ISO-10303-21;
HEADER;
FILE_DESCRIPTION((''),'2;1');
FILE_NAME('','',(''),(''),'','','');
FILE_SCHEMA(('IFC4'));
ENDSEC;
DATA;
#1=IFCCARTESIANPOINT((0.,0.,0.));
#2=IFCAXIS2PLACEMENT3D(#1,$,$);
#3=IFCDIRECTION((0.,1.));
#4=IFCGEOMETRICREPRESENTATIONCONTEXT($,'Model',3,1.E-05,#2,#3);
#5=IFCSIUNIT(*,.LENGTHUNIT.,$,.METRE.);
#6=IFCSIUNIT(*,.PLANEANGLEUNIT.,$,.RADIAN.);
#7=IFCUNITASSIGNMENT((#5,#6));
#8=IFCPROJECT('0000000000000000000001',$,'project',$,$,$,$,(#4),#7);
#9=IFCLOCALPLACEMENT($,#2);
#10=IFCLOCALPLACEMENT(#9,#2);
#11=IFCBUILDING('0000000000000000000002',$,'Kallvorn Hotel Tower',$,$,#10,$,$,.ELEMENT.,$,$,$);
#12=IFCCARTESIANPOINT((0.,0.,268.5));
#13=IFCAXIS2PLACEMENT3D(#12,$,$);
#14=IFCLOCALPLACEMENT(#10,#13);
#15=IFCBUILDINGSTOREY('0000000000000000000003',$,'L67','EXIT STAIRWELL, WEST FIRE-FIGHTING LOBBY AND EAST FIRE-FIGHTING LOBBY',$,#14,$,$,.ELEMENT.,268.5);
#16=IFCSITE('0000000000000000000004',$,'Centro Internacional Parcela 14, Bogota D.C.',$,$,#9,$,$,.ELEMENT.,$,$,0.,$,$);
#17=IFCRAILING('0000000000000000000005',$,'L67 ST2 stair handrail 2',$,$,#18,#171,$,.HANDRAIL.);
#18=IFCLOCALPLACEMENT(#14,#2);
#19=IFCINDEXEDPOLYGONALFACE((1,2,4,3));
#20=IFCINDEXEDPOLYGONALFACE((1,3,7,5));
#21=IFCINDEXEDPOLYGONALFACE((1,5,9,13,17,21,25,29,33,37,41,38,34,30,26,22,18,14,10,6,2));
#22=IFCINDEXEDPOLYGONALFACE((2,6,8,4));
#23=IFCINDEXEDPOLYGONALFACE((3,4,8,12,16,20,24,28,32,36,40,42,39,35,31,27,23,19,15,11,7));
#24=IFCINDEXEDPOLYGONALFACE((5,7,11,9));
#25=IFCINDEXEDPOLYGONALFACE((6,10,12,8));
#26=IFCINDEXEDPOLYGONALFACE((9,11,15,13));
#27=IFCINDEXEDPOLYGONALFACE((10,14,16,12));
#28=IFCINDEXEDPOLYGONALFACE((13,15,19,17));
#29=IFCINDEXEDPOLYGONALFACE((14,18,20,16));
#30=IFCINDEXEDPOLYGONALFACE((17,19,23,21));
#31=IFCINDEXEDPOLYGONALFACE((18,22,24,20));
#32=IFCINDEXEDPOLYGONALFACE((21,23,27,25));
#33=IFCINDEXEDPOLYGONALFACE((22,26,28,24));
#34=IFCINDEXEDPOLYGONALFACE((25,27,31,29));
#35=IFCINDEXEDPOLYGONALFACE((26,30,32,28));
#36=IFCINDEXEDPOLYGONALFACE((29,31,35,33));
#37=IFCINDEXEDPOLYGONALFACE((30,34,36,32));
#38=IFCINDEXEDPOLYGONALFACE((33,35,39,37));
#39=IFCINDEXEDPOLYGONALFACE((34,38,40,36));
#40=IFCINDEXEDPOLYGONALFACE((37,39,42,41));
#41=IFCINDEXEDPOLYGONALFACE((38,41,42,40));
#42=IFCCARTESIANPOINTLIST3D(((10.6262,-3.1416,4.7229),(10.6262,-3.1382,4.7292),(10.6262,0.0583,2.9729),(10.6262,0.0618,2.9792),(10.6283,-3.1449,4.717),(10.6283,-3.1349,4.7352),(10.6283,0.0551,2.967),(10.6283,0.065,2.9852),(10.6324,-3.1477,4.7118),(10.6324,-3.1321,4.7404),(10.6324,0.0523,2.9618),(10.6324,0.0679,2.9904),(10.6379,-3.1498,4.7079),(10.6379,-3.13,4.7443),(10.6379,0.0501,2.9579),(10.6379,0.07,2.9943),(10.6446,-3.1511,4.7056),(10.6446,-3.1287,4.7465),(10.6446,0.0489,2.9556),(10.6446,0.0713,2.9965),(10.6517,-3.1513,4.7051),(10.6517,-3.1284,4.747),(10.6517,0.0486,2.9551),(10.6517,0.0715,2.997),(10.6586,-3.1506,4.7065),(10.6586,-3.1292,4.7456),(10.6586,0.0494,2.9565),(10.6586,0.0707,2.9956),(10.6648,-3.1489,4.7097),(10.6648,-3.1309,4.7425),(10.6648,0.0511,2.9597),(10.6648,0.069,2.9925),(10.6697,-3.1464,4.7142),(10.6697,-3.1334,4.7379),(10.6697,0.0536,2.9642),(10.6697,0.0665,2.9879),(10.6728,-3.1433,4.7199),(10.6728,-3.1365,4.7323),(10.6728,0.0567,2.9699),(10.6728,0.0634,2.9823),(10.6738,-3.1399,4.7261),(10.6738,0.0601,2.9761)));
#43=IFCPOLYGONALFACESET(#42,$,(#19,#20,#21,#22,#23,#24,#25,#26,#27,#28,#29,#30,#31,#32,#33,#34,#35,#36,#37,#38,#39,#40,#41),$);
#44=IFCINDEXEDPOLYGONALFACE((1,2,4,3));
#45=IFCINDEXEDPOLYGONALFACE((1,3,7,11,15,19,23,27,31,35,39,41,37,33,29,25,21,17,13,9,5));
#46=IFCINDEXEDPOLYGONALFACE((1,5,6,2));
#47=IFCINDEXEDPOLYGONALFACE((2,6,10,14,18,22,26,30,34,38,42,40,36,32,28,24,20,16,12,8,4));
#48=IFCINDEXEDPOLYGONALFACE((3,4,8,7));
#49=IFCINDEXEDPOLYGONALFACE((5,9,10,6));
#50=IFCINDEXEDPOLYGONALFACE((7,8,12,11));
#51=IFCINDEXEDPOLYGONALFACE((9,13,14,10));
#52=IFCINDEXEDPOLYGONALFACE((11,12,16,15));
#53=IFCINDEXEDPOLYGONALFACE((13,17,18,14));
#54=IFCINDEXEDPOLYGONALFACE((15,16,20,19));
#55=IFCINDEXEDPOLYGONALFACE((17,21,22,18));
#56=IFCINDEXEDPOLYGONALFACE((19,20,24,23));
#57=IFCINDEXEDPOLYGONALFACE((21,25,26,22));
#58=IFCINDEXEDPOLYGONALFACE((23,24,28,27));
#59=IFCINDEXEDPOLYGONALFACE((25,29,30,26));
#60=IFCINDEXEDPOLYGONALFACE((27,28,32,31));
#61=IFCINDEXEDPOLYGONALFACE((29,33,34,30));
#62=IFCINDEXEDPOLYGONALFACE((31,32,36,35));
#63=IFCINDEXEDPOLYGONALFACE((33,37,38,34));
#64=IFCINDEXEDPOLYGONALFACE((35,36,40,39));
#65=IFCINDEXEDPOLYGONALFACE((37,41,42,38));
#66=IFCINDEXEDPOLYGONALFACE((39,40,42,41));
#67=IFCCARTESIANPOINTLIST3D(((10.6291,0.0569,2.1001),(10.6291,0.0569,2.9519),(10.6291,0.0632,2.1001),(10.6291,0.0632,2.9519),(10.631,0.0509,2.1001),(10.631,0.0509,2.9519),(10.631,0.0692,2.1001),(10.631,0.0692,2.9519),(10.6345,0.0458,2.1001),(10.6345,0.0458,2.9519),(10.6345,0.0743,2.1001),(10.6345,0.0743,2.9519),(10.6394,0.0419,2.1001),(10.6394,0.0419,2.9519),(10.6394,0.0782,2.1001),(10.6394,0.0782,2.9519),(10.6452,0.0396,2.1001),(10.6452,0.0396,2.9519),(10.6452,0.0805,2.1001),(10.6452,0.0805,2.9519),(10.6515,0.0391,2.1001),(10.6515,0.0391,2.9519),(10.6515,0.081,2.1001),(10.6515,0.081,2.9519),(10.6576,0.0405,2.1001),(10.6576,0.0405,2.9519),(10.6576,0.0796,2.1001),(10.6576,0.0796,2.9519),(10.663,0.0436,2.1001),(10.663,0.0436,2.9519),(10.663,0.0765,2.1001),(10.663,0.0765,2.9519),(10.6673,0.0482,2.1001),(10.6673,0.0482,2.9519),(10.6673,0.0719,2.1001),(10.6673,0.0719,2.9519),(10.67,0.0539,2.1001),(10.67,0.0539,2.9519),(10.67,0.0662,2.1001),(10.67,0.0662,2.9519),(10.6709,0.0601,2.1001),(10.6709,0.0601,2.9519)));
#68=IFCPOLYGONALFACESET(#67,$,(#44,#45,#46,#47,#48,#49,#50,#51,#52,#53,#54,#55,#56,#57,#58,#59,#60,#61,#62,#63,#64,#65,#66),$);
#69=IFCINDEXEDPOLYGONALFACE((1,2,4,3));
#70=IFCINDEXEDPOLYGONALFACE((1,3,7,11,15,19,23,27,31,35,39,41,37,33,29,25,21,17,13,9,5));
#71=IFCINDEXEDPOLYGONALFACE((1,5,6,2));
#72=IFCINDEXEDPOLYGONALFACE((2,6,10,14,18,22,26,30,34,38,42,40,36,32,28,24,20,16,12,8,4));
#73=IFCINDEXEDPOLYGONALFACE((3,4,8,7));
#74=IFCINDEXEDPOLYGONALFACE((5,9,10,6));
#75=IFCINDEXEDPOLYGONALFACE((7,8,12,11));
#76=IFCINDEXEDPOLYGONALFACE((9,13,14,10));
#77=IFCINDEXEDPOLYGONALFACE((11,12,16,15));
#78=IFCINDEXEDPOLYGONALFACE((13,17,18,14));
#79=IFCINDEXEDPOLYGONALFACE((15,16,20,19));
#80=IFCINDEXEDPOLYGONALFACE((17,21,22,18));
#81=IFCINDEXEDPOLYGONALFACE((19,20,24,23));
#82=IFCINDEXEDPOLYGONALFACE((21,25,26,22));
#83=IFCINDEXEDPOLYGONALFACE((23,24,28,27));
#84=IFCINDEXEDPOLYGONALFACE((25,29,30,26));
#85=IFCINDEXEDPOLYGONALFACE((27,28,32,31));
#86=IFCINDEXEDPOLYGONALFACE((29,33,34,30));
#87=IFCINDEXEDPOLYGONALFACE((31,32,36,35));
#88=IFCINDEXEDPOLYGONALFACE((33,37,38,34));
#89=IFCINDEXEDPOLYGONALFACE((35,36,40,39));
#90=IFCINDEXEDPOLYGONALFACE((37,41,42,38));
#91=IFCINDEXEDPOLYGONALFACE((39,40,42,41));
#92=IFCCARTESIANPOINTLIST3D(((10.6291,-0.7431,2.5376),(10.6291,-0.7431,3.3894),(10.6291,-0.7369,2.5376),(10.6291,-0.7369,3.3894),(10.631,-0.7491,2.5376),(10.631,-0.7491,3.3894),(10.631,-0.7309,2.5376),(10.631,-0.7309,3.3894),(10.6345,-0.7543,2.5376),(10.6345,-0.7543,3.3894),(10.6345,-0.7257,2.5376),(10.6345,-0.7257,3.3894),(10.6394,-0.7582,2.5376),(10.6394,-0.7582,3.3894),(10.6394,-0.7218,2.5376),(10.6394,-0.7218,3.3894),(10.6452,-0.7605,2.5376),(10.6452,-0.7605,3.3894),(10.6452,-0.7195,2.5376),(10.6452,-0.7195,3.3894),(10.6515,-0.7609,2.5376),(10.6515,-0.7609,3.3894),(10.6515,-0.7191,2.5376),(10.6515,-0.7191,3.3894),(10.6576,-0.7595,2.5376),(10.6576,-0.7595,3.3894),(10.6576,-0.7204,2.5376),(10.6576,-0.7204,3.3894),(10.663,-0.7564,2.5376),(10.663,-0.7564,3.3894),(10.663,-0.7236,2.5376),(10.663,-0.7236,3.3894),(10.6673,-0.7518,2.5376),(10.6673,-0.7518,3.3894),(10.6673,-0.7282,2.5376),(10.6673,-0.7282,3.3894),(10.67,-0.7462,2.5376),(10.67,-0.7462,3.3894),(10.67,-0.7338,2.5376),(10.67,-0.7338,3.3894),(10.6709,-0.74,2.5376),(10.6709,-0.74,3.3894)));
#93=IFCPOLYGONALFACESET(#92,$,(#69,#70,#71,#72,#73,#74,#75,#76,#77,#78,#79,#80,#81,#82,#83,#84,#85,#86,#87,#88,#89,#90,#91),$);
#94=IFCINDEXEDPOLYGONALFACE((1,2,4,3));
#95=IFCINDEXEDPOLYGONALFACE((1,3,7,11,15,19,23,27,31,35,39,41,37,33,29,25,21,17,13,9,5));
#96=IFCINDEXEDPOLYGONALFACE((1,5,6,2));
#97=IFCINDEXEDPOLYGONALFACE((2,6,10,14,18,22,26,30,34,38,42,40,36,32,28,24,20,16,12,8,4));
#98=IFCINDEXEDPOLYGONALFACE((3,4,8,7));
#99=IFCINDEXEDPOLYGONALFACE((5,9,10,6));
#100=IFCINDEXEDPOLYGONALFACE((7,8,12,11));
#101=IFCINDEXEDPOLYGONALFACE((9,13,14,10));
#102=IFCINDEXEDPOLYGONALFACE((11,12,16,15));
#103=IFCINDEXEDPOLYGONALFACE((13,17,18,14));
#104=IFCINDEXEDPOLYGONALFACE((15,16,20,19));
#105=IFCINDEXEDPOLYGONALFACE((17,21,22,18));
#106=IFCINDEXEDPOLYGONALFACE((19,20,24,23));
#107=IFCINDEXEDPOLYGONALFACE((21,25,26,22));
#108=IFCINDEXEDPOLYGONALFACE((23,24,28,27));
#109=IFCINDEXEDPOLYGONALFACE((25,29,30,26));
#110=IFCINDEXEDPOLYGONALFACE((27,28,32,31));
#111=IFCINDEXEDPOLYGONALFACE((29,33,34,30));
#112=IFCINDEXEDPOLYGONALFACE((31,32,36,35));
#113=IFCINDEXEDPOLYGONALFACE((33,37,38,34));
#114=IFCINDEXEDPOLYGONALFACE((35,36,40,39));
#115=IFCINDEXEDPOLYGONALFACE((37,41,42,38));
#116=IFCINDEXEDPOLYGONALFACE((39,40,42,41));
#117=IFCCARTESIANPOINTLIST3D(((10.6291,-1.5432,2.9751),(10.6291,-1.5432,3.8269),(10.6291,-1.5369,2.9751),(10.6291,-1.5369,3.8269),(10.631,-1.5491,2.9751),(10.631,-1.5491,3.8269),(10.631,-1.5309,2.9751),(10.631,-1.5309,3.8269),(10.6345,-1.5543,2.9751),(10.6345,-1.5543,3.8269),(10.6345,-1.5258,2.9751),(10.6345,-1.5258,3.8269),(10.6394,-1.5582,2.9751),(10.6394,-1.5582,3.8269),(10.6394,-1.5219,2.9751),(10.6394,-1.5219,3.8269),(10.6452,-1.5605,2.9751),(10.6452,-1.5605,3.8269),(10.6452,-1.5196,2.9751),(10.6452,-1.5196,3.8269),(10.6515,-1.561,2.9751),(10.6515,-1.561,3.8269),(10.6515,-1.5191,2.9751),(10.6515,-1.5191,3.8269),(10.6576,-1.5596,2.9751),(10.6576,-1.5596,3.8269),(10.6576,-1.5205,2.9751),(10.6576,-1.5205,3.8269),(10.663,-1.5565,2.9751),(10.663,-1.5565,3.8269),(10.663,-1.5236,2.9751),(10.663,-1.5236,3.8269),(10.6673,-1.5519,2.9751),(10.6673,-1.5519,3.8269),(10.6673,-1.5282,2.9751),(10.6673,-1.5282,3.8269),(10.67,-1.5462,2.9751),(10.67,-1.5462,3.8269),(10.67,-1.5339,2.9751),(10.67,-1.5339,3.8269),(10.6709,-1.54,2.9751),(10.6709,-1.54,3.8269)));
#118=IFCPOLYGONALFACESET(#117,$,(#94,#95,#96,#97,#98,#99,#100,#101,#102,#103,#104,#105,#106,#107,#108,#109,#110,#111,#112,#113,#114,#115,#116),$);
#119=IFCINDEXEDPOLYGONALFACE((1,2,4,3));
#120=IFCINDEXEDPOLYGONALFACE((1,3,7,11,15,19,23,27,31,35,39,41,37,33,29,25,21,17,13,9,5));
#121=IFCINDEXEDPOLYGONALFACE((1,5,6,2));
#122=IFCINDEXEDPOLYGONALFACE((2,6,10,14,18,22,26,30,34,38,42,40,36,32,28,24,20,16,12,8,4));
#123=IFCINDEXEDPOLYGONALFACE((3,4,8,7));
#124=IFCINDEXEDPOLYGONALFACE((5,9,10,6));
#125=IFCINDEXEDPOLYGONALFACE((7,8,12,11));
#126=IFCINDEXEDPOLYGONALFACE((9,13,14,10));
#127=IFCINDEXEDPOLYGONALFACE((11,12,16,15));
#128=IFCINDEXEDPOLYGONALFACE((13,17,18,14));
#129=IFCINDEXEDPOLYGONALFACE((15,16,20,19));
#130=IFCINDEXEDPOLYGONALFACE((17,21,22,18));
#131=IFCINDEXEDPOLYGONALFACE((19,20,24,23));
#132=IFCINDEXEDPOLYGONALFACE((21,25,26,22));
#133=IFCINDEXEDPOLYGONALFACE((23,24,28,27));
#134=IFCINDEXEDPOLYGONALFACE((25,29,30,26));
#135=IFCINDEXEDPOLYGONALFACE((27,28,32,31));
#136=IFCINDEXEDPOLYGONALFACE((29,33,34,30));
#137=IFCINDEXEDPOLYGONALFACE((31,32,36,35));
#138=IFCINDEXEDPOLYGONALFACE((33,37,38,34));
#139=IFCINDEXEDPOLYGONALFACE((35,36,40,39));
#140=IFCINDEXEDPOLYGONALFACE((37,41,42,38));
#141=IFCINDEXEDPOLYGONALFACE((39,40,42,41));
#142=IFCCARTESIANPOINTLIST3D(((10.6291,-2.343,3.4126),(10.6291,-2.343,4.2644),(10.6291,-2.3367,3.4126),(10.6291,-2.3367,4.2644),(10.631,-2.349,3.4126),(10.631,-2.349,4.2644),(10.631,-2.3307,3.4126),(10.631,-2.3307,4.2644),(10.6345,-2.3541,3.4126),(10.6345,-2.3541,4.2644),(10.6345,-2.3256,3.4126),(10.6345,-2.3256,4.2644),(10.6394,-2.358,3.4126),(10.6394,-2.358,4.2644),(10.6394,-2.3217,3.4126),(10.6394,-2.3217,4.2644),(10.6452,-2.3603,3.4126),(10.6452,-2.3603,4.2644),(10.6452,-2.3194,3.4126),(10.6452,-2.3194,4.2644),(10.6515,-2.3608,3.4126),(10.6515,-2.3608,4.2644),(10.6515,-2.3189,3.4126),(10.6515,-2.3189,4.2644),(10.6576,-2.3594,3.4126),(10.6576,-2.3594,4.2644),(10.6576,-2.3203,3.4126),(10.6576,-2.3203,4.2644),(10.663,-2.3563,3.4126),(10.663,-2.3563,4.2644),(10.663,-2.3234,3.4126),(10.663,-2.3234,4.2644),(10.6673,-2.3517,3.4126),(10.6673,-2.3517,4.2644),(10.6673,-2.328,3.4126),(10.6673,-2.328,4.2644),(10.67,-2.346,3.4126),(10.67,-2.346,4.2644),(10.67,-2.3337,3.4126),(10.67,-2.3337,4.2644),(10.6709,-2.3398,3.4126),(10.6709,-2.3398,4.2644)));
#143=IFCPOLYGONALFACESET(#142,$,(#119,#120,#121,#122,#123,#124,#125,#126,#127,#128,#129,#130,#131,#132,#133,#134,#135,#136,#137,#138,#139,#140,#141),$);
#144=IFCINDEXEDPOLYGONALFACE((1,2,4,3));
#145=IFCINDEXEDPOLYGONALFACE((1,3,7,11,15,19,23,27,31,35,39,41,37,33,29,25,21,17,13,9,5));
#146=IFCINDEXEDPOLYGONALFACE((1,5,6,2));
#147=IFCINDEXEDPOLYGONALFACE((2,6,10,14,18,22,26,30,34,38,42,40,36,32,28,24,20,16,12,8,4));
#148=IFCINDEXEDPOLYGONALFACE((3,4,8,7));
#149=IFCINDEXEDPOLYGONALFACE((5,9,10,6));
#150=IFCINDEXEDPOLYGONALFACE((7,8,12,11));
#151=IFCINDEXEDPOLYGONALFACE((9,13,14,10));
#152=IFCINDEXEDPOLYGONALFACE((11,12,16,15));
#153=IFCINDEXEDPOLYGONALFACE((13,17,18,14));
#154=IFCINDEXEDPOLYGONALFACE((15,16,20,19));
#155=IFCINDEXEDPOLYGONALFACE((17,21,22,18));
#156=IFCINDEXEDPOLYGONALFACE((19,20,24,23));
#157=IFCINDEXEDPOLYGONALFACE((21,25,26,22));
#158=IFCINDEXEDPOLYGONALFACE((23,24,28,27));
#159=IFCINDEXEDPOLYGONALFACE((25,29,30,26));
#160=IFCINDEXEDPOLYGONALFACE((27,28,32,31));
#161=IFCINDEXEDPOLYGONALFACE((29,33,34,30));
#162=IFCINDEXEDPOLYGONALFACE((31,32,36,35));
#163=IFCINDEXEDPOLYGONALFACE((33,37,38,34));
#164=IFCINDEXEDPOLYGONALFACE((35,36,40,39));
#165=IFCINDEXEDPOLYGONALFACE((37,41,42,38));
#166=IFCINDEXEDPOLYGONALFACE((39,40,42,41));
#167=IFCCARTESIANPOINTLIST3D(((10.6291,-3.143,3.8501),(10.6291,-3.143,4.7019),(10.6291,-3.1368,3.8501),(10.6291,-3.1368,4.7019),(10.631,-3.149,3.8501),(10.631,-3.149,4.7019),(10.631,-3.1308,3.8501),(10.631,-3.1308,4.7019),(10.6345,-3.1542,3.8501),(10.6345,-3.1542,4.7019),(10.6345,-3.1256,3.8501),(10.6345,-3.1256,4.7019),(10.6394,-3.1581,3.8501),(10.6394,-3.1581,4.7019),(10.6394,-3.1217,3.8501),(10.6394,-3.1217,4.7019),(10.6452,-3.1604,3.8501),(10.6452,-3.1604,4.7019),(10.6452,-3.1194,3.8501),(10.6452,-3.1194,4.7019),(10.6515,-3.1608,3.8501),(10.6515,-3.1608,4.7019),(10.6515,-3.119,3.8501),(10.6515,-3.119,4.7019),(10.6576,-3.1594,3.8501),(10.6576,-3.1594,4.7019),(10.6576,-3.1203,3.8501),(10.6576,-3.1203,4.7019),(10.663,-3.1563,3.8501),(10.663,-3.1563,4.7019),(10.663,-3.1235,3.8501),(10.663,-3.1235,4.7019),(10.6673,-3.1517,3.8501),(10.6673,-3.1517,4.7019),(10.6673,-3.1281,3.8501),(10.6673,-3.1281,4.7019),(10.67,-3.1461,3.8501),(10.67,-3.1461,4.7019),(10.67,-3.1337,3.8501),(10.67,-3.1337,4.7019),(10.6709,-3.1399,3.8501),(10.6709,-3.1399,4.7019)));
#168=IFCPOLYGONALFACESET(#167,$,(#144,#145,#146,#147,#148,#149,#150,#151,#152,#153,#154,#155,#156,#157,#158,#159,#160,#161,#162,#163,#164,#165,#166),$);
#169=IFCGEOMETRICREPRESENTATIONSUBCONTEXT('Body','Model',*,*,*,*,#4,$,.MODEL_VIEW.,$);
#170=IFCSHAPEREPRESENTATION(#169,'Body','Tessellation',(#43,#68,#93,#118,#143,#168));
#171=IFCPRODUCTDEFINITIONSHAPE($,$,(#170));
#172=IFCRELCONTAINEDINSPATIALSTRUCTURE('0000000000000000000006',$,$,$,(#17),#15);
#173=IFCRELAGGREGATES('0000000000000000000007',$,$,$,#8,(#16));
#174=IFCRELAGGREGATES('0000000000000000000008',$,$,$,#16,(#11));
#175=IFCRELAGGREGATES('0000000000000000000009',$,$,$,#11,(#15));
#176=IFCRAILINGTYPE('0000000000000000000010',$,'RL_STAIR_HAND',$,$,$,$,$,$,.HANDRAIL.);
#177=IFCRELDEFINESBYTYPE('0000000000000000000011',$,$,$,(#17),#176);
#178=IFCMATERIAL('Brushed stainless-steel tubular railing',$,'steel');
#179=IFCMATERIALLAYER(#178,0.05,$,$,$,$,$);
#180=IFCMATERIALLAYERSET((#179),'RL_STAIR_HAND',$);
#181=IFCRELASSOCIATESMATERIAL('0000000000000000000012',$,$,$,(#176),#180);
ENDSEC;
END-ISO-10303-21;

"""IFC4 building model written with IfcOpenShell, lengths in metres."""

from ifc_helpers import new_model, si_unit, direction, frame, origin, origin_2d, place, context, subcontext, project, spatial, circle, extrude, material, layer, layer_set, type_object, element, save


model = new_model("IFC4")

# Units and contexts
model_context = context("Model", 3, precision=1e-05, world=origin(), true_north=direction((0.0, 1.0)))
body_context = subcontext(model_context, "Body", "Model", "MODEL_VIEW")
ifc_project = project(units=[si_unit("LENGTHUNIT", "METRE"), si_unit("PLANEANGLEUNIT", "RADIAN")], contexts=[model_context])

# Site, building, storey
site_placement = place(None, origin())
site = spatial("IfcSite", under=ifc_project, at=site_placement, Name="Centro Internacional Parcela 14, Bogota D.C.", CompositionType="ELEMENT", RefElevation=0.0)
building_placement = place(site_placement, origin())
building = spatial("IfcBuilding", under=site, at=building_placement, Name="Kallvorn Hotel Tower", CompositionType="ELEMENT")
storey_placement = place(building_placement, frame((0.0, 0.0, 268.5)))
storey = spatial("IfcBuildingStorey", under=building, at=storey_placement, Name="L67", Description="EXIT STAIRWELL, WEST FIRE-FIGHTING LOBBY AND EAST FIRE-FIGHTING LOBBY", CompositionType="ELEMENT", Elevation=268.5)

# Railing
ifc_material_1 = material(Name="Brushed stainless-steel tubular railing", Category="steel")
ifc_layer_1 = layer(ifc_material_1, 0.05)
ifc_layer_set_1 = layer_set([ifc_layer_1], Name="RL_STAIR_HAND")
railing_type_1 = type_object("IfcRailingType", Name="RL_STAIR_HAND", PredefinedType="HANDRAIL", material=ifc_layer_set_1)
railing_1_placement = place(storey_placement, frame((10.6499, 0.0601, 2.1001)))
element("IfcRailing", 1, at=railing_1_placement, inside=storey, type_object=railing_type_1, Name="L67 ST2 stair handrail 2", PredefinedType="HANDRAIL", context=body_context, shape_type="SweptSolid", body=[
    extrude(circle(Radius=0.0239, at=origin_2d()), frame((0.0, 0.0, 0.876), z_axis=(0.0, -0.877368, 0.479818), x_axis=(1.0, 0.0, 0.0)), (0.0, 0.0, 1.0), 3.6472),
    extrude(circle(Radius=0.021, at=origin_2d()), origin(), (0.0, 0.0, 1.0), 0.8518),
    extrude(circle(Radius=0.021, at=origin_2d()), frame((0.0, -0.8, 0.4375)), (0.0, 0.0, 1.0), 0.8518),
    extrude(circle(Radius=0.021, at=origin_2d()), frame((0.0, -1.6001, 0.875)), (0.0, 0.0, 1.0), 0.8518),
    extrude(circle(Radius=0.021, at=origin_2d()), frame((0.0, -2.3999, 1.3125)), (0.0, 0.0, 1.0), 0.8518),
    extrude(circle(Radius=0.021, at=origin_2d()), frame((0.0, -3.2, 1.75)), (0.0, 0.0, 1.0), 0.8518),
])

save(model, "model.ifc")
